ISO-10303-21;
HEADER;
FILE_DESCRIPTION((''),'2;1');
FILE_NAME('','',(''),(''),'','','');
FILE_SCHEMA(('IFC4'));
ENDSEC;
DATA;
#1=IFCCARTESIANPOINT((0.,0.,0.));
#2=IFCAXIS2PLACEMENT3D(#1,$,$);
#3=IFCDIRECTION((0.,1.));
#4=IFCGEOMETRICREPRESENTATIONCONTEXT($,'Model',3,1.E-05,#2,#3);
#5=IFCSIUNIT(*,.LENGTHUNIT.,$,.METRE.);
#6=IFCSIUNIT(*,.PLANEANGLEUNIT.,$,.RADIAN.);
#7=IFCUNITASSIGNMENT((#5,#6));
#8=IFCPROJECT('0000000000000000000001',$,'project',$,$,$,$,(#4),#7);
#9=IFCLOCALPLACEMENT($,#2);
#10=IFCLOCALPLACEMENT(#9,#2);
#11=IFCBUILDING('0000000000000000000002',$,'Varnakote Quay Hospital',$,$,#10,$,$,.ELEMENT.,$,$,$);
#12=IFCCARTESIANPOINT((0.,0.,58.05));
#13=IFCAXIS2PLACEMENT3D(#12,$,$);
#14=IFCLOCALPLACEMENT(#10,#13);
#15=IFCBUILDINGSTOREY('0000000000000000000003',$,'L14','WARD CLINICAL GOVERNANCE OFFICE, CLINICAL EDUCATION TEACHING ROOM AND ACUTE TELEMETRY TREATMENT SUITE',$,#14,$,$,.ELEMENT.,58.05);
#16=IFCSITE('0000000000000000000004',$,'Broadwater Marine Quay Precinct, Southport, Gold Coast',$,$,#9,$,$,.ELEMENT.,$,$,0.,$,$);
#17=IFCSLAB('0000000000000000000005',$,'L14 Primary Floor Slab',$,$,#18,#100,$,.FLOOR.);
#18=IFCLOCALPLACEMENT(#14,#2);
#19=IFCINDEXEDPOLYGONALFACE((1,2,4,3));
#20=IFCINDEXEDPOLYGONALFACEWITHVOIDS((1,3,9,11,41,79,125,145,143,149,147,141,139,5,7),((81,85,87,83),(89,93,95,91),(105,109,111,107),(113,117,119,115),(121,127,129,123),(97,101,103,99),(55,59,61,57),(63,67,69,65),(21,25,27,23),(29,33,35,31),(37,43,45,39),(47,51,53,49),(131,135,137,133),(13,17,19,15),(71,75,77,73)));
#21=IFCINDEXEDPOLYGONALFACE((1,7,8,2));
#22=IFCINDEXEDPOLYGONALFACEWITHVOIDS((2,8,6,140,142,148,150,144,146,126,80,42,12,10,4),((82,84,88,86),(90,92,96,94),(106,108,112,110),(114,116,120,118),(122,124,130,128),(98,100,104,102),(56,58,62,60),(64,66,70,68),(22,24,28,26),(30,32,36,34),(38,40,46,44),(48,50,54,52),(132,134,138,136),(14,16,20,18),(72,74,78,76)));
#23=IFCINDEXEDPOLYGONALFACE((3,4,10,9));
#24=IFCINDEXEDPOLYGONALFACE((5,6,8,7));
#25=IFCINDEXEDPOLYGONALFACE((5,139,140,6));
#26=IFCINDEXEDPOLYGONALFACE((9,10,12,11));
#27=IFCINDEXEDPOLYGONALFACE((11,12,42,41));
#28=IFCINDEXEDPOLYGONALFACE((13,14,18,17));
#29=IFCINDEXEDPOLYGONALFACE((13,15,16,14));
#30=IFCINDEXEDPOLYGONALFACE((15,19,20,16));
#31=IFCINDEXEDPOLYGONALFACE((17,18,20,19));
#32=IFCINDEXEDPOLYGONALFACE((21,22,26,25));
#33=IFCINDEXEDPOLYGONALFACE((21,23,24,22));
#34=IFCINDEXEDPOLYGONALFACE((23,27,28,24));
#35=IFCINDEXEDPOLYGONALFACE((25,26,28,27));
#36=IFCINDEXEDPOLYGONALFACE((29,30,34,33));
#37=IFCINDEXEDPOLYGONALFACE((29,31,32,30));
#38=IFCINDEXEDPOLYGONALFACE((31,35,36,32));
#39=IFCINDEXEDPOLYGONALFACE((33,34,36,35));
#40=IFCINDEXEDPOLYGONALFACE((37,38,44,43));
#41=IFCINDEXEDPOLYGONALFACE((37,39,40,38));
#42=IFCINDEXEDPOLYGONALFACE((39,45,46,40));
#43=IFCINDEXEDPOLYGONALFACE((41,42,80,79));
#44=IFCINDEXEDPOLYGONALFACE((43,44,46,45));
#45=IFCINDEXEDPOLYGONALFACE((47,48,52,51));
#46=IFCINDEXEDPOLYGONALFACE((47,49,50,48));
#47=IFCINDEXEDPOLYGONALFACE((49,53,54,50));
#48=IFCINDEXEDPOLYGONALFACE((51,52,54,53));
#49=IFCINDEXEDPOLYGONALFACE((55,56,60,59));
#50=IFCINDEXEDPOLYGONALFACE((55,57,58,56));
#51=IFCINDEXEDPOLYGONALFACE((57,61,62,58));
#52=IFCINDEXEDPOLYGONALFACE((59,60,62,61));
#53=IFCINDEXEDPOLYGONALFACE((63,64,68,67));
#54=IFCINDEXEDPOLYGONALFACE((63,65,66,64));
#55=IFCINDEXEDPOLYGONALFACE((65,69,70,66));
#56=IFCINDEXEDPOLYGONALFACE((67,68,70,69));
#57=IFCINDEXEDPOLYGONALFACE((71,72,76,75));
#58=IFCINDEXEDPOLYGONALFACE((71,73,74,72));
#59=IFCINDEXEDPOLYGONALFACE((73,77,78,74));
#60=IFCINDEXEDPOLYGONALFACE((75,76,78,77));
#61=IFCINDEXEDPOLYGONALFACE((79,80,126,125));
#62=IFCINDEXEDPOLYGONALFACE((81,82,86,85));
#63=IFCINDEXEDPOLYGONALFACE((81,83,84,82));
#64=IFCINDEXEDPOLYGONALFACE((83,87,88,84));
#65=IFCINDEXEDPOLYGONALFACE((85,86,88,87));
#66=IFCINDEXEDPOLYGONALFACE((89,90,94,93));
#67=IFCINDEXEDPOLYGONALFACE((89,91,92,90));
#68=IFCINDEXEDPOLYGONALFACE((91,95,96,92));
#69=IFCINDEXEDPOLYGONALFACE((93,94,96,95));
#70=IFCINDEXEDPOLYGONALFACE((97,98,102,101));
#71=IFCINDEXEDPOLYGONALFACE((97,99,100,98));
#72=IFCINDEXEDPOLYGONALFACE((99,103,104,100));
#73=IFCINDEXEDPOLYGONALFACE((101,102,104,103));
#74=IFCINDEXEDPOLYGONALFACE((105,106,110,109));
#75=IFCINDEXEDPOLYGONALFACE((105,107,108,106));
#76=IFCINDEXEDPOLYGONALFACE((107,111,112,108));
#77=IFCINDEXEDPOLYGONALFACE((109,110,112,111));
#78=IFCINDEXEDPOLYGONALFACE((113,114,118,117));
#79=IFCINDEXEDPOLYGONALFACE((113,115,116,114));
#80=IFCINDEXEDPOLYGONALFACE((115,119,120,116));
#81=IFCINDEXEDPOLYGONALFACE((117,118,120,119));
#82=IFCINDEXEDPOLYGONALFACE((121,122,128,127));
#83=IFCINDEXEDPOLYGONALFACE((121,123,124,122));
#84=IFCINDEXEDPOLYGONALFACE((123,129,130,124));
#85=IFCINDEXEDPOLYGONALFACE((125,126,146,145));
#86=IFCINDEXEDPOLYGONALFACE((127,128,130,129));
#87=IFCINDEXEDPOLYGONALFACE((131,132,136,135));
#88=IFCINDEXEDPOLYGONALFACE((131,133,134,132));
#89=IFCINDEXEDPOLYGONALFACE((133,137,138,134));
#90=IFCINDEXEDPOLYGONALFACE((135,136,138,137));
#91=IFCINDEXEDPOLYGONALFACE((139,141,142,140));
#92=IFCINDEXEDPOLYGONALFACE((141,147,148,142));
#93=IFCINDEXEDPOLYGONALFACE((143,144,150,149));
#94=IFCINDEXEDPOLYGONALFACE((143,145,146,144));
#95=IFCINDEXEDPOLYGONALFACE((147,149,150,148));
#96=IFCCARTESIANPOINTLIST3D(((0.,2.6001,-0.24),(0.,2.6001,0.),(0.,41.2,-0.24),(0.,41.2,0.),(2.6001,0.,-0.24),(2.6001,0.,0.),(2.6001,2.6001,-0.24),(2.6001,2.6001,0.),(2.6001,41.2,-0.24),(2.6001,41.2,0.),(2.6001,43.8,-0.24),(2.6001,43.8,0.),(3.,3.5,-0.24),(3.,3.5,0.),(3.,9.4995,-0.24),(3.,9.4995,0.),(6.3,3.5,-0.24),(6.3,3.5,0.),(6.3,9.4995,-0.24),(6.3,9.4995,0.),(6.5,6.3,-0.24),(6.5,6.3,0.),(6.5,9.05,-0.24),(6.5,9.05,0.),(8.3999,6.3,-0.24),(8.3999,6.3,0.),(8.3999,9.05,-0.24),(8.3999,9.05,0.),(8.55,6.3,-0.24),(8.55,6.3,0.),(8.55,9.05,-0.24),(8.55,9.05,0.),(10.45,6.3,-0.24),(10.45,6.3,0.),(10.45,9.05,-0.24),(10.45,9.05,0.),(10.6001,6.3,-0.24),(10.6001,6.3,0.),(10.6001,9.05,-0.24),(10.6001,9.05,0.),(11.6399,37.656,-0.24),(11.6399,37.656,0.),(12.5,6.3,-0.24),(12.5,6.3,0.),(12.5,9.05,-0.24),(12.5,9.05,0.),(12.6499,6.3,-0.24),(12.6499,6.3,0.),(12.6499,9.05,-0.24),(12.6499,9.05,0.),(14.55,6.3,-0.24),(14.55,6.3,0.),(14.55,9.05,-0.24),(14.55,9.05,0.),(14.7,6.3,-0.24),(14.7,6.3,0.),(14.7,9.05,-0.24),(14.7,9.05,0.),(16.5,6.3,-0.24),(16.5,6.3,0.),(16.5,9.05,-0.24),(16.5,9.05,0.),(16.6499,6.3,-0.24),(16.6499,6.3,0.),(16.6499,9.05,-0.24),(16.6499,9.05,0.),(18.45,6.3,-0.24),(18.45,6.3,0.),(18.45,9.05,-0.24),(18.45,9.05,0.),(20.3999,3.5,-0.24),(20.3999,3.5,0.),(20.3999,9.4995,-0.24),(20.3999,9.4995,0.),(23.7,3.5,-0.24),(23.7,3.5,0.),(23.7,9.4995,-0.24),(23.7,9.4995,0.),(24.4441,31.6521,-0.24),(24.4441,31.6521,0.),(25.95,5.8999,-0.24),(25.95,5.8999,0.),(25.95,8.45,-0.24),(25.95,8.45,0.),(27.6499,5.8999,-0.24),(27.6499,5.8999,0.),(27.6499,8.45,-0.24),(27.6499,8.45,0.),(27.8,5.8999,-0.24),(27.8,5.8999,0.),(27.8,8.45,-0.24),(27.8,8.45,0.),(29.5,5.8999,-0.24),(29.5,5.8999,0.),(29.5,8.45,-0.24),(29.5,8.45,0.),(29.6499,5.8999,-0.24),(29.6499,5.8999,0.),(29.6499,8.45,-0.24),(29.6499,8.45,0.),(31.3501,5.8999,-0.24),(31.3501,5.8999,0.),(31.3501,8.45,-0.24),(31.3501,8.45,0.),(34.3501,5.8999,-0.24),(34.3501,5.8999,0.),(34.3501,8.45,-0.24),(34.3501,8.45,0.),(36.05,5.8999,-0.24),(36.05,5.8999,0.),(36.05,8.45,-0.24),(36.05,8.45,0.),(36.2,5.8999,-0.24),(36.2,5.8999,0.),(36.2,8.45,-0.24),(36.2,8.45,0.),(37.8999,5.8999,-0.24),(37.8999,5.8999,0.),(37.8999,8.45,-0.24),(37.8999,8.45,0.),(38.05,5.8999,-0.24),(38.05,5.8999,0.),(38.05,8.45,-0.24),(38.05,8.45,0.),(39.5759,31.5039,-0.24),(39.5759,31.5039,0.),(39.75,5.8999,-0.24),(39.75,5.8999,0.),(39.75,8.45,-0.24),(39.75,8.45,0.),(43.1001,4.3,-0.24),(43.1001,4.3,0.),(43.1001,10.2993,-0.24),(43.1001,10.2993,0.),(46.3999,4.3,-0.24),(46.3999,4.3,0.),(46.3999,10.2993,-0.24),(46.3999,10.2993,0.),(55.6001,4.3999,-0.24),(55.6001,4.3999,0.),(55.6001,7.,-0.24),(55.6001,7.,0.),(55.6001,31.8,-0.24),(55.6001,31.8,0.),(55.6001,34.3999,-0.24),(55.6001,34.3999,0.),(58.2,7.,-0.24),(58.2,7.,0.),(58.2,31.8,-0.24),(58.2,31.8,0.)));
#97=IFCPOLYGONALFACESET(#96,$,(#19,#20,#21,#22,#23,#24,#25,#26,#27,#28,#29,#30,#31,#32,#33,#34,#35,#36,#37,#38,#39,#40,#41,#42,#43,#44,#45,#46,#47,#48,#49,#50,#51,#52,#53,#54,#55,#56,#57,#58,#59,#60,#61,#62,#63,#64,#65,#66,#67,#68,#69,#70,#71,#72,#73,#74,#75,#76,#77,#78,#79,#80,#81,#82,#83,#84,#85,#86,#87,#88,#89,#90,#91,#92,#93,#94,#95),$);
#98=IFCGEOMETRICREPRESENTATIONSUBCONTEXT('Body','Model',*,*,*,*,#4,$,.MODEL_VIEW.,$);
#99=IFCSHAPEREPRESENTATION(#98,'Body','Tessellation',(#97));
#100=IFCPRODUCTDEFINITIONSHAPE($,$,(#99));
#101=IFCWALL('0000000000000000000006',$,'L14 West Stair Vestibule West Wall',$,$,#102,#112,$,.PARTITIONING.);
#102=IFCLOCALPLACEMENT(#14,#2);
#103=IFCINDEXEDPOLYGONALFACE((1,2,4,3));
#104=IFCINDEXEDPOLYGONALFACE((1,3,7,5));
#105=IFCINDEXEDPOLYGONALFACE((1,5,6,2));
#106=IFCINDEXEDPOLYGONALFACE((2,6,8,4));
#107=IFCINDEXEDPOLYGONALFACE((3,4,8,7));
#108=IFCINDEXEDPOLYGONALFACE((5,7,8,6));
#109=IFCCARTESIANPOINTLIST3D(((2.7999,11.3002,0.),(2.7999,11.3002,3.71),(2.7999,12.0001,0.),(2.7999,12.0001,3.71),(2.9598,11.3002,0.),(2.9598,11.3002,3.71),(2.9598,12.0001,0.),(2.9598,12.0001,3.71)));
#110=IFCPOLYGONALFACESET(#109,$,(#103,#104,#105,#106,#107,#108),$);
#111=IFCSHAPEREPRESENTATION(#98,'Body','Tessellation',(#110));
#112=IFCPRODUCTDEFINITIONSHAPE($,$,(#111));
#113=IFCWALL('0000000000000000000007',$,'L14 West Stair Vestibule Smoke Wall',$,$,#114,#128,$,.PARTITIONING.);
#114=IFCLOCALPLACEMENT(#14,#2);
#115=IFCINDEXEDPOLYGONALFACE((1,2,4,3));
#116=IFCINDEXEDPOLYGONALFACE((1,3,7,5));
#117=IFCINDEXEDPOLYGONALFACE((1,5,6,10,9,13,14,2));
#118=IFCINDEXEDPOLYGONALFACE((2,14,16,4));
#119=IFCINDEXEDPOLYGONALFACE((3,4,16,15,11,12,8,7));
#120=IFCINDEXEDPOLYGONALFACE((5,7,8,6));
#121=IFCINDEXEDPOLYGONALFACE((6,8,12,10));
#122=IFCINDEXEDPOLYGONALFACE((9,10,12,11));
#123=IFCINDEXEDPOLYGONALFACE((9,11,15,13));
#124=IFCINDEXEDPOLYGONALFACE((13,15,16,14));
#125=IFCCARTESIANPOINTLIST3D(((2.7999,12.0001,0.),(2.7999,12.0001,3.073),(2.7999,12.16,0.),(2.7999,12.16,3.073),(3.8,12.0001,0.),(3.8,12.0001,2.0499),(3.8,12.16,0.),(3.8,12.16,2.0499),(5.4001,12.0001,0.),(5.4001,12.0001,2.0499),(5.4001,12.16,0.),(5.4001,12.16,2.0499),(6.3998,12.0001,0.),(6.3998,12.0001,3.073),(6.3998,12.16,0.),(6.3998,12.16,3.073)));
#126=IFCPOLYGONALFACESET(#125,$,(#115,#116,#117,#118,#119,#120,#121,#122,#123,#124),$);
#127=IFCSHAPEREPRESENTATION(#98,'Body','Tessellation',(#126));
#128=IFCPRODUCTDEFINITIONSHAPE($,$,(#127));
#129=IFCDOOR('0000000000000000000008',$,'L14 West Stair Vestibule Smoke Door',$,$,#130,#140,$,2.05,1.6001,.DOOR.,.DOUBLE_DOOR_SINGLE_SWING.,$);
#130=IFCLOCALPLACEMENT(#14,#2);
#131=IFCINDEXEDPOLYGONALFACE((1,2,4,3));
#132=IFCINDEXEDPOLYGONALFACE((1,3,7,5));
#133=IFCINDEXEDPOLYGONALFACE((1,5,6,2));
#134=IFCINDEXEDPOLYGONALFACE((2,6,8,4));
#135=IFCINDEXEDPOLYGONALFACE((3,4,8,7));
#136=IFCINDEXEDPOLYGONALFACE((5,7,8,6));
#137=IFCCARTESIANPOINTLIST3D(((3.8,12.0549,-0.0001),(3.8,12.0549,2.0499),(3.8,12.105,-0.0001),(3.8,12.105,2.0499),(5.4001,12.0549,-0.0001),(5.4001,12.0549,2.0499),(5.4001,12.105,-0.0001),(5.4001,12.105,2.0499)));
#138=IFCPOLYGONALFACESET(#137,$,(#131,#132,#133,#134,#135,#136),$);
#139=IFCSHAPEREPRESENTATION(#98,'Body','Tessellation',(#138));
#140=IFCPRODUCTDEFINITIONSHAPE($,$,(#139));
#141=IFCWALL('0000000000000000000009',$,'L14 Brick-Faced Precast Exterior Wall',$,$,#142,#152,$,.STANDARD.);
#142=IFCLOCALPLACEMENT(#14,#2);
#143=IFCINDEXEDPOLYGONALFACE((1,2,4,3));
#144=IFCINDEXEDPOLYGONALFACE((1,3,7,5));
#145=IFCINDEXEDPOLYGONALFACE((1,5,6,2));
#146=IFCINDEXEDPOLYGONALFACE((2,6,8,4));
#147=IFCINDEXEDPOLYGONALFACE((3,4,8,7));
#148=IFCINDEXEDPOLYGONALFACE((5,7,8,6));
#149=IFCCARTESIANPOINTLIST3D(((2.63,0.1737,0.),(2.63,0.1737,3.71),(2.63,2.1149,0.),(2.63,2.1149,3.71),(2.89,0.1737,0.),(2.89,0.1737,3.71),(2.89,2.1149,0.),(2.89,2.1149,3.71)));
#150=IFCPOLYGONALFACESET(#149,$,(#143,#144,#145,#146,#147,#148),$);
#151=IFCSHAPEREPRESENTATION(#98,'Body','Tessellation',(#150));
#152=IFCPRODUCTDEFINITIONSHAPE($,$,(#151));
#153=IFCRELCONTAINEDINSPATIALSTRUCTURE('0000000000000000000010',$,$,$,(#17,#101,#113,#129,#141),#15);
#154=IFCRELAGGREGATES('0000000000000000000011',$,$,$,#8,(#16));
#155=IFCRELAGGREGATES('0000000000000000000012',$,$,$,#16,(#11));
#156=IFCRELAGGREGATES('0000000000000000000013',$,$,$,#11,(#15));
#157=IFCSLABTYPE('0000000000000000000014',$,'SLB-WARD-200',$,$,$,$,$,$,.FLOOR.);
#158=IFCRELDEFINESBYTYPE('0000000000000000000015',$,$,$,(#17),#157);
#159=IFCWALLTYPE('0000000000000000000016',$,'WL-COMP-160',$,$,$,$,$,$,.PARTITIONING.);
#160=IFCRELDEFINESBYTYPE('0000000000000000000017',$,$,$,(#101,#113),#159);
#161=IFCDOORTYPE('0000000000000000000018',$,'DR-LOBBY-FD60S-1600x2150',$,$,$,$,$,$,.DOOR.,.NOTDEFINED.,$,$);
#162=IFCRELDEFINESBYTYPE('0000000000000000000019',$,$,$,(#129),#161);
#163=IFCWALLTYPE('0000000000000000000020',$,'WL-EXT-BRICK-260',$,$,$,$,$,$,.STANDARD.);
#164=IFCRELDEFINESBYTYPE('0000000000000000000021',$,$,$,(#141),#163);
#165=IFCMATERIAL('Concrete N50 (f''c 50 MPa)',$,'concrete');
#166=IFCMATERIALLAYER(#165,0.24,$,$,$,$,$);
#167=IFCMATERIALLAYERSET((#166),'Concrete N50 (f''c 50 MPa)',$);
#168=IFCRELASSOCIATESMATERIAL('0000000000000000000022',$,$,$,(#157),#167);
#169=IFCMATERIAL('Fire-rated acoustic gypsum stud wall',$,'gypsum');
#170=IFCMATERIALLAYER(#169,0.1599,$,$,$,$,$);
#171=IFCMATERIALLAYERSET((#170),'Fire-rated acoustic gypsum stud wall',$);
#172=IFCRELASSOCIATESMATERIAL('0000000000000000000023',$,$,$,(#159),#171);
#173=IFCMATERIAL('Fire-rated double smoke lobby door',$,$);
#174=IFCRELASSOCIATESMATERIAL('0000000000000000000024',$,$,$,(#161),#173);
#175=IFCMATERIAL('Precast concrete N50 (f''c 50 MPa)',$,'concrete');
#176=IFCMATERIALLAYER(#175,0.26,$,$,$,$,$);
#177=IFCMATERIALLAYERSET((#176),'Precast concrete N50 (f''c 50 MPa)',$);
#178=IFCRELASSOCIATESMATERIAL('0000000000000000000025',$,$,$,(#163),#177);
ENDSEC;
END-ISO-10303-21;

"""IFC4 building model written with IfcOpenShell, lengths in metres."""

from ifc_helpers import new_model, si_unit, direction, frame, frame_2d, origin, place, context, subcontext, project, spatial, polyline, rectangle, outline, extrude, material, layer, layer_set, type_object, element, fill, save


model = new_model("IFC4")

# Units and contexts
model_context = context("Model", 3, precision=1e-05, world=origin(), true_north=direction((0.0, 1.0)))
body_context = subcontext(model_context, "Body", "Model", "MODEL_VIEW")
ifc_project = project(units=[si_unit("LENGTHUNIT", "METRE"), si_unit("PLANEANGLEUNIT", "RADIAN")], contexts=[model_context])

# Site, building, storey
site_placement = place(None, origin())
site = spatial("IfcSite", under=ifc_project, at=site_placement, Name="Broadwater Marine Quay Precinct, Southport, Gold Coast", CompositionType="ELEMENT", RefElevation=0.0)
building_placement = place(site_placement, origin())
building = spatial("IfcBuilding", under=site, at=building_placement, Name="Varnakote Quay Hospital", CompositionType="ELEMENT")
storey_placement = place(building_placement, frame((0.0, 0.0, 58.05)))
storey = spatial("IfcBuildingStorey", under=building, at=storey_placement, Name="L14", Description="WARD CLINICAL GOVERNANCE OFFICE, CLINICAL EDUCATION TEACHING ROOM AND ACUTE TELEMETRY TREATMENT SUITE", CompositionType="ELEMENT", Elevation=58.05)

# Slab
ifc_material_1 = material(Name="Concrete N50 (f'c 50 MPa)", Category="concrete")
ifc_layer_1 = layer(ifc_material_1, 0.24)
ifc_layer_set_1 = layer_set([ifc_layer_1], Name="Concrete N50 (f'c 50 MPa)")
slab_type_1 = type_object("IfcSlabType", Name="SLB-WARD-200", PredefinedType="FLOOR", material=ifc_layer_set_1)
slab_1_placement = place(storey_placement, frame((0.0, 0.0, -0.24)))
element("IfcSlab", 1, at=slab_1_placement, inside=storey, type_object=slab_type_1, Name="L14 Primary Floor Slab", PredefinedType="FLOOR", context=body_context, shape_type="SweptSolid", body=[
    extrude(outline(polyline([(0.0, 2.6001), (2.6001, 2.6001), (2.6001, 0.0), (55.6001, 4.3999), (55.6001, 7.0), (58.2, 7.0), (58.2, 31.8), (55.6001, 31.8), (55.6001, 34.3999), (39.5759, 31.5039), (24.4441, 31.6521), (11.6399, 37.656), (2.6001, 43.8), (2.6001, 41.2), (0.0, 41.2), (0.0, 2.6001)]), holes=[polyline([(3.0, 3.5), (6.3, 3.5), (6.3, 9.4995), (3.0, 9.4995), (3.0, 3.5)]), polyline([(20.3999, 3.5), (23.7, 3.5), (23.7, 9.4995), (20.3999, 9.4995), (20.3999, 3.5)]), polyline([(43.1001, 4.3), (46.3999, 4.3), (46.3999, 10.2993), (43.1001, 10.2993), (43.1001, 4.3)]), polyline([(6.5, 6.3), (8.3999, 6.3), (8.3999, 9.05), (6.5, 9.05), (6.5, 6.3)]), polyline([(8.55, 6.3), (10.45, 6.3), (10.45, 9.05), (8.55, 9.05), (8.55, 6.3)]), polyline([(10.6001, 6.3), (12.5, 6.3), (12.5, 9.05), (10.6001, 9.05), (10.6001, 6.3)]), polyline([(12.6499, 6.3), (14.55, 6.3), (14.55, 9.05), (12.6499, 9.05), (12.6499, 6.3)]), polyline([(14.7, 6.3), (16.5, 6.3), (16.5, 9.05), (14.7, 9.05), (14.7, 6.3)]), polyline([(16.6499, 6.3), (18.45, 6.3), (18.45, 9.05), (16.6499, 9.05), (16.6499, 6.3)]), polyline([(25.95, 5.8999), (27.6499, 5.8999), (27.6499, 8.45), (25.95, 8.45), (25.95, 5.8999)]), polyline([(27.8, 5.8999), (29.5, 5.8999), (29.5, 8.45), (27.8, 8.45), (27.8, 5.8999)]), polyline([(29.6499, 5.8999), (31.3501, 5.8999), (31.3501, 8.45), (29.6499, 8.45), (29.6499, 5.8999)]), polyline([(34.3501, 5.8999), (36.05, 5.8999), (36.05, 8.45), (34.3501, 8.45), (34.3501, 5.8999)]), polyline([(36.2, 5.8999), (37.8999, 5.8999), (37.8999, 8.45), (36.2, 8.45), (36.2, 5.8999)]), polyline([(38.05, 5.8999), (39.75, 5.8999), (39.75, 8.45), (38.05, 8.45), (38.05, 5.8999)])]), origin(), (0.0, 0.0, 1.0), 0.24),
])

# Wall
ifc_material_2 = material(Name="Fire-rated acoustic gypsum stud wall", Category="gypsum")
ifc_layer_2 = layer(ifc_material_2, 0.1599)
ifc_layer_set_2 = layer_set([ifc_layer_2], Name="Fire-rated acoustic gypsum stud wall")
wall_type_1 = type_object("IfcWallType", Name="WL-COMP-160", PredefinedType="PARTITIONING", material=ifc_layer_set_2)
wall_1_placement = place(storey_placement, frame((2.8799, 11.3, 0.0), z_axis=(0.0, 0.0, 1.0), x_axis=(0.0, 1.0, 0.0)))
element("IfcWall", 2, at=wall_1_placement, inside=storey, type_object=wall_type_1, Name="L14 West Stair Vestibule West Wall", PredefinedType="PARTITIONING", context=body_context, shape_type="SweptSolid", body=[
    extrude(rectangle(XDim=0.7, YDim=0.1599, at=frame_2d((0.3501, 0.0))), origin(), (0.0, 0.0, 1.0), 3.71),
])

# Wall, opening, door
wall_2_placement = place(storey_placement, frame((2.8, 12.0801, 0.0), z_axis=(0.0, 0.0, 1.0), x_axis=(1.0, 0.0, 0.0)))
wall_2 = element("IfcWall", 3, at=wall_2_placement, inside=storey, type_object=wall_type_1, Name="L14 West Stair Vestibule Smoke Wall", PredefinedType="PARTITIONING", context=body_context, shape_type="SweptSolid", body=[
    extrude(rectangle(XDim=3.5999, YDim=0.1599, at=frame_2d((1.7998, 0.0))), origin(), (0.0, 0.0, 1.0), 3.073),
])
opening_1_placement = place(wall_2_placement, frame((1.0, 0.0, 0.0)))
opening_1 = element("IfcOpeningElement", 4, at=opening_1_placement, cuts=wall_2, PredefinedType="OPENING", context=body_context, shape_type="SweptSolid", body=[
    extrude(rectangle(XDim=1.6001, YDim=2.05, at=frame_2d((0.8, 1.0249))), frame((0.0, 0.0898, 0.0), z_axis=(0.0, -1.0, 0.0), x_axis=(1.0, 0.0, 0.0)), (0.0, 0.0, 1.0), 0.1799),
])
ifc_material_3 = material(Name="Fire-rated double smoke lobby door")
door_type_1 = type_object("IfcDoorType", Name="DR-LOBBY-FD60S-1600x2150", OperationType="NOTDEFINED", PredefinedType="DOOR", material=ifc_material_3)
door_1_placement = place(opening_1_placement, origin())
door_1 = element("IfcDoor", 5, at=door_1_placement, inside=storey, type_object=door_type_1, Name="L14 West Stair Vestibule Smoke Door", OperationType="DOUBLE_DOOR_SINGLE_SWING", OverallHeight=2.05, OverallWidth=1.6001, PredefinedType="DOOR", context=body_context, shape_type="SweptSolid", body=[
    extrude(rectangle(XDim=1.6001, YDim=2.05, at=frame_2d((0.8, 1.0249))), frame((0.0, 0.0249, 0.0), z_axis=(0.0, -1.0, 0.0), x_axis=(1.0, 0.0, 0.0)), (0.0, 0.0, 1.0), 0.05),
])
fill(opening_1, door_1)

# Wall
ifc_material_4 = material(Name="Precast concrete N50 (f'c 50 MPa)", Category="concrete")
ifc_layer_3 = layer(ifc_material_4, 0.26)
ifc_layer_set_3 = layer_set([ifc_layer_3], Name="Precast concrete N50 (f'c 50 MPa)")
wall_type_2 = type_object("IfcWallType", Name="WL-EXT-BRICK-260", PredefinedType="STANDARD", material=ifc_layer_set_3)
wall_3_placement = place(storey_placement, frame((2.76, 2.115, 0.0), z_axis=(0.0, 0.0, 1.0), x_axis=(0.0, -1.0, 0.0)))
element("IfcWall", 6, at=wall_3_placement, inside=storey, type_object=wall_type_2, Name="L14 Brick-Faced Precast Exterior Wall", PredefinedType="STANDARD", context=body_context, shape_type="SweptSolid", body=[
    extrude(rectangle(XDim=1.9412, YDim=0.26, at=frame_2d((0.9707, 0.0))), origin(), (0.0, 0.0, 1.0), 3.71),
])

save(model, "model.ifc")
